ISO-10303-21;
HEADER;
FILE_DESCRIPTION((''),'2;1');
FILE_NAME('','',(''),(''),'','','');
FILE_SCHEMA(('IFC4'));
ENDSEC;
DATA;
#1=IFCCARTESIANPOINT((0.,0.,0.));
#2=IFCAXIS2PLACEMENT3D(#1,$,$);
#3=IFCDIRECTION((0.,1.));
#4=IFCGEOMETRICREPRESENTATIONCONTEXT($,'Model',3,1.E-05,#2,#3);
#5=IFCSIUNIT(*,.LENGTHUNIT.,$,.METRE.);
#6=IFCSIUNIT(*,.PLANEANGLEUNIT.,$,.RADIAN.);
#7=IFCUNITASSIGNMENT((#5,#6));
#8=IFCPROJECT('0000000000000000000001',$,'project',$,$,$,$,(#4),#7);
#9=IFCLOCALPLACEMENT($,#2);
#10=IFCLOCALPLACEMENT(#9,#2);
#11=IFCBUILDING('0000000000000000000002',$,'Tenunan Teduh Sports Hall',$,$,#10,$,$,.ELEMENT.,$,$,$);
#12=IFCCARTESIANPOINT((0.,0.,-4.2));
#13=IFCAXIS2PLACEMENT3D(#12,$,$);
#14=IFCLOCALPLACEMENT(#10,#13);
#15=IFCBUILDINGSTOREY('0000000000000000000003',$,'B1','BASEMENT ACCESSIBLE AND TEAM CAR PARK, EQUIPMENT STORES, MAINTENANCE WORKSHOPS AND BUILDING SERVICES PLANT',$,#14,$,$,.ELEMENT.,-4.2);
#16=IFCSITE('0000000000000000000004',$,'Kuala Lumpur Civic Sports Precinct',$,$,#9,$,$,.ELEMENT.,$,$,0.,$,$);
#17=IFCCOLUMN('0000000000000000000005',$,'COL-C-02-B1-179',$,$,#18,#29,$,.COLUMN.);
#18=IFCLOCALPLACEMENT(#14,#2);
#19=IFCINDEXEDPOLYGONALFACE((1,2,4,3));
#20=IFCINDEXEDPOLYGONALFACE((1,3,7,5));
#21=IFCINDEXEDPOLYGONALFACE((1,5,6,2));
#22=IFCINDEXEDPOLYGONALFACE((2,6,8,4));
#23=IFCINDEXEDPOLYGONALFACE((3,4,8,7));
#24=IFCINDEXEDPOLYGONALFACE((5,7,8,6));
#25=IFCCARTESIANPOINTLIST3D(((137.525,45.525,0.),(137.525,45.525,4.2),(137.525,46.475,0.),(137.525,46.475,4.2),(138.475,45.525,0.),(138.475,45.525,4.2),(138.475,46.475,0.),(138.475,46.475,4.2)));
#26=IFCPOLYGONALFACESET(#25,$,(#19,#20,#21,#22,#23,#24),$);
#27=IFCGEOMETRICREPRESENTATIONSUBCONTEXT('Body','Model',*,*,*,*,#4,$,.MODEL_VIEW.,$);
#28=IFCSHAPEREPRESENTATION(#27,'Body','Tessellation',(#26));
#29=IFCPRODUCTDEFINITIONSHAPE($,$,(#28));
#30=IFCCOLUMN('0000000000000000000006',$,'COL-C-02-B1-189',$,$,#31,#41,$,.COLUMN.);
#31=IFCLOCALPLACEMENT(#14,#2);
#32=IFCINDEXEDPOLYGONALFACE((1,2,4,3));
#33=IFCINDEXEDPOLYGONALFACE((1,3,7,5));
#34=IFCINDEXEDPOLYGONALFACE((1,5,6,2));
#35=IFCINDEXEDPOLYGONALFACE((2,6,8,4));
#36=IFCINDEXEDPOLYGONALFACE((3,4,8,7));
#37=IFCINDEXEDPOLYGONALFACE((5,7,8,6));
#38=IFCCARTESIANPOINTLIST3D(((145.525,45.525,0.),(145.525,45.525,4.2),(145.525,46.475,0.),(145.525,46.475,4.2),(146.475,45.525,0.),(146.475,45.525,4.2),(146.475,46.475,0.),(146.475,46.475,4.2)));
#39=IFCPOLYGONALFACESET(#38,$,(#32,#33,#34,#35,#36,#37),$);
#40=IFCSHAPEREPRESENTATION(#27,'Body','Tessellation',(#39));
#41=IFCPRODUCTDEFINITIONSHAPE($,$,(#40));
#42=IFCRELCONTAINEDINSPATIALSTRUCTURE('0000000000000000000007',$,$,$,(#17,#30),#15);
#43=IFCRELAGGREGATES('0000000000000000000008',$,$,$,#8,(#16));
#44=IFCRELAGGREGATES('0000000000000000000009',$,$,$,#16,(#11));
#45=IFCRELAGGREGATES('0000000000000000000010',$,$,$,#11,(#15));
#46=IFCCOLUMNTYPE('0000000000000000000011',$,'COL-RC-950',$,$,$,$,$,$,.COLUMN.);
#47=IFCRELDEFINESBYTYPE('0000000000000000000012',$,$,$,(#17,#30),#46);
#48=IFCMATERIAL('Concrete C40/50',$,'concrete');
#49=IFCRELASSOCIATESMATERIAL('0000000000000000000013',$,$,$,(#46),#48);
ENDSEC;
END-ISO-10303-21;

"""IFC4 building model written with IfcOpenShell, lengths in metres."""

from ifc_helpers import new_model, si_unit, direction, frame, origin, origin_2d, place, context, subcontext, project, spatial, rectangle, extrude, material, material_profile, profile_set, type_object, element, save


model = new_model("IFC4")

# Units and contexts
model_context = context("Model", 3, precision=1e-05, world=origin(), true_north=direction((0.0, 1.0)))
body_context = subcontext(model_context, "Body", "Model", "MODEL_VIEW")
ifc_project = project(units=[si_unit("LENGTHUNIT", "METRE"), si_unit("PLANEANGLEUNIT", "RADIAN")], contexts=[model_context])

# Site, building, storey
site_placement = place(None, origin())
site = spatial("IfcSite", under=ifc_project, at=site_placement, Name="Kuala Lumpur Civic Sports Precinct", CompositionType="ELEMENT", RefElevation=0.0)
building_placement = place(site_placement, origin())
building = spatial("IfcBuilding", under=site, at=building_placement, Name="Tenunan Teduh Sports Hall", CompositionType="ELEMENT")
storey_placement = place(building_placement, frame((0.0, 0.0, -4.2)))
storey = spatial("IfcBuildingStorey", under=building, at=storey_placement, Name="B1", Description="BASEMENT ACCESSIBLE AND TEAM CAR PARK, EQUIPMENT STORES, MAINTENANCE WORKSHOPS AND BUILDING SERVICES PLANT", CompositionType="ELEMENT", Elevation=-4.2)

# Columns
ifc_material_1 = material(Name="Concrete C40/50", Category="concrete")
ifc_material_profile_1 = material_profile(ifc_material_1, rectangle(XDim=0.95, YDim=0.95, at=origin_2d()), Name="RC 950x950")
ifc_profile_set_1 = profile_set([ifc_material_profile_1], Name="Concrete C40/50")
column_type = type_object("IfcColumnType", Name="COL-RC-950", PredefinedType="COLUMN", material=ifc_profile_set_1)
for number, where, z_axis, x_axis, name in (
    (1, (138.0, 46.0, 0.0), (0.0, 0.0, 1.0), (1.0, 0.0, 0.0), "COL-C-02-B1-179"),
    (2, (146.0, 46.0, 0.0), (0.0, 0.0, 1.0), (1.0, 0.0, 0.0), "COL-C-02-B1-189"),
):
    element("IfcColumn", number, at=place(storey_placement, frame(where, z_axis=z_axis, x_axis=x_axis)), inside=storey, type_object=column_type, Name=name, PredefinedType="COLUMN", context=body_context, shape_type="SweptSolid", body=[
        extrude(rectangle(XDim=0.95, YDim=0.95, at=origin_2d()), origin(), (0.0, 0.0, 1.0), 4.2),
    ])

save(model, "model.ifc")
